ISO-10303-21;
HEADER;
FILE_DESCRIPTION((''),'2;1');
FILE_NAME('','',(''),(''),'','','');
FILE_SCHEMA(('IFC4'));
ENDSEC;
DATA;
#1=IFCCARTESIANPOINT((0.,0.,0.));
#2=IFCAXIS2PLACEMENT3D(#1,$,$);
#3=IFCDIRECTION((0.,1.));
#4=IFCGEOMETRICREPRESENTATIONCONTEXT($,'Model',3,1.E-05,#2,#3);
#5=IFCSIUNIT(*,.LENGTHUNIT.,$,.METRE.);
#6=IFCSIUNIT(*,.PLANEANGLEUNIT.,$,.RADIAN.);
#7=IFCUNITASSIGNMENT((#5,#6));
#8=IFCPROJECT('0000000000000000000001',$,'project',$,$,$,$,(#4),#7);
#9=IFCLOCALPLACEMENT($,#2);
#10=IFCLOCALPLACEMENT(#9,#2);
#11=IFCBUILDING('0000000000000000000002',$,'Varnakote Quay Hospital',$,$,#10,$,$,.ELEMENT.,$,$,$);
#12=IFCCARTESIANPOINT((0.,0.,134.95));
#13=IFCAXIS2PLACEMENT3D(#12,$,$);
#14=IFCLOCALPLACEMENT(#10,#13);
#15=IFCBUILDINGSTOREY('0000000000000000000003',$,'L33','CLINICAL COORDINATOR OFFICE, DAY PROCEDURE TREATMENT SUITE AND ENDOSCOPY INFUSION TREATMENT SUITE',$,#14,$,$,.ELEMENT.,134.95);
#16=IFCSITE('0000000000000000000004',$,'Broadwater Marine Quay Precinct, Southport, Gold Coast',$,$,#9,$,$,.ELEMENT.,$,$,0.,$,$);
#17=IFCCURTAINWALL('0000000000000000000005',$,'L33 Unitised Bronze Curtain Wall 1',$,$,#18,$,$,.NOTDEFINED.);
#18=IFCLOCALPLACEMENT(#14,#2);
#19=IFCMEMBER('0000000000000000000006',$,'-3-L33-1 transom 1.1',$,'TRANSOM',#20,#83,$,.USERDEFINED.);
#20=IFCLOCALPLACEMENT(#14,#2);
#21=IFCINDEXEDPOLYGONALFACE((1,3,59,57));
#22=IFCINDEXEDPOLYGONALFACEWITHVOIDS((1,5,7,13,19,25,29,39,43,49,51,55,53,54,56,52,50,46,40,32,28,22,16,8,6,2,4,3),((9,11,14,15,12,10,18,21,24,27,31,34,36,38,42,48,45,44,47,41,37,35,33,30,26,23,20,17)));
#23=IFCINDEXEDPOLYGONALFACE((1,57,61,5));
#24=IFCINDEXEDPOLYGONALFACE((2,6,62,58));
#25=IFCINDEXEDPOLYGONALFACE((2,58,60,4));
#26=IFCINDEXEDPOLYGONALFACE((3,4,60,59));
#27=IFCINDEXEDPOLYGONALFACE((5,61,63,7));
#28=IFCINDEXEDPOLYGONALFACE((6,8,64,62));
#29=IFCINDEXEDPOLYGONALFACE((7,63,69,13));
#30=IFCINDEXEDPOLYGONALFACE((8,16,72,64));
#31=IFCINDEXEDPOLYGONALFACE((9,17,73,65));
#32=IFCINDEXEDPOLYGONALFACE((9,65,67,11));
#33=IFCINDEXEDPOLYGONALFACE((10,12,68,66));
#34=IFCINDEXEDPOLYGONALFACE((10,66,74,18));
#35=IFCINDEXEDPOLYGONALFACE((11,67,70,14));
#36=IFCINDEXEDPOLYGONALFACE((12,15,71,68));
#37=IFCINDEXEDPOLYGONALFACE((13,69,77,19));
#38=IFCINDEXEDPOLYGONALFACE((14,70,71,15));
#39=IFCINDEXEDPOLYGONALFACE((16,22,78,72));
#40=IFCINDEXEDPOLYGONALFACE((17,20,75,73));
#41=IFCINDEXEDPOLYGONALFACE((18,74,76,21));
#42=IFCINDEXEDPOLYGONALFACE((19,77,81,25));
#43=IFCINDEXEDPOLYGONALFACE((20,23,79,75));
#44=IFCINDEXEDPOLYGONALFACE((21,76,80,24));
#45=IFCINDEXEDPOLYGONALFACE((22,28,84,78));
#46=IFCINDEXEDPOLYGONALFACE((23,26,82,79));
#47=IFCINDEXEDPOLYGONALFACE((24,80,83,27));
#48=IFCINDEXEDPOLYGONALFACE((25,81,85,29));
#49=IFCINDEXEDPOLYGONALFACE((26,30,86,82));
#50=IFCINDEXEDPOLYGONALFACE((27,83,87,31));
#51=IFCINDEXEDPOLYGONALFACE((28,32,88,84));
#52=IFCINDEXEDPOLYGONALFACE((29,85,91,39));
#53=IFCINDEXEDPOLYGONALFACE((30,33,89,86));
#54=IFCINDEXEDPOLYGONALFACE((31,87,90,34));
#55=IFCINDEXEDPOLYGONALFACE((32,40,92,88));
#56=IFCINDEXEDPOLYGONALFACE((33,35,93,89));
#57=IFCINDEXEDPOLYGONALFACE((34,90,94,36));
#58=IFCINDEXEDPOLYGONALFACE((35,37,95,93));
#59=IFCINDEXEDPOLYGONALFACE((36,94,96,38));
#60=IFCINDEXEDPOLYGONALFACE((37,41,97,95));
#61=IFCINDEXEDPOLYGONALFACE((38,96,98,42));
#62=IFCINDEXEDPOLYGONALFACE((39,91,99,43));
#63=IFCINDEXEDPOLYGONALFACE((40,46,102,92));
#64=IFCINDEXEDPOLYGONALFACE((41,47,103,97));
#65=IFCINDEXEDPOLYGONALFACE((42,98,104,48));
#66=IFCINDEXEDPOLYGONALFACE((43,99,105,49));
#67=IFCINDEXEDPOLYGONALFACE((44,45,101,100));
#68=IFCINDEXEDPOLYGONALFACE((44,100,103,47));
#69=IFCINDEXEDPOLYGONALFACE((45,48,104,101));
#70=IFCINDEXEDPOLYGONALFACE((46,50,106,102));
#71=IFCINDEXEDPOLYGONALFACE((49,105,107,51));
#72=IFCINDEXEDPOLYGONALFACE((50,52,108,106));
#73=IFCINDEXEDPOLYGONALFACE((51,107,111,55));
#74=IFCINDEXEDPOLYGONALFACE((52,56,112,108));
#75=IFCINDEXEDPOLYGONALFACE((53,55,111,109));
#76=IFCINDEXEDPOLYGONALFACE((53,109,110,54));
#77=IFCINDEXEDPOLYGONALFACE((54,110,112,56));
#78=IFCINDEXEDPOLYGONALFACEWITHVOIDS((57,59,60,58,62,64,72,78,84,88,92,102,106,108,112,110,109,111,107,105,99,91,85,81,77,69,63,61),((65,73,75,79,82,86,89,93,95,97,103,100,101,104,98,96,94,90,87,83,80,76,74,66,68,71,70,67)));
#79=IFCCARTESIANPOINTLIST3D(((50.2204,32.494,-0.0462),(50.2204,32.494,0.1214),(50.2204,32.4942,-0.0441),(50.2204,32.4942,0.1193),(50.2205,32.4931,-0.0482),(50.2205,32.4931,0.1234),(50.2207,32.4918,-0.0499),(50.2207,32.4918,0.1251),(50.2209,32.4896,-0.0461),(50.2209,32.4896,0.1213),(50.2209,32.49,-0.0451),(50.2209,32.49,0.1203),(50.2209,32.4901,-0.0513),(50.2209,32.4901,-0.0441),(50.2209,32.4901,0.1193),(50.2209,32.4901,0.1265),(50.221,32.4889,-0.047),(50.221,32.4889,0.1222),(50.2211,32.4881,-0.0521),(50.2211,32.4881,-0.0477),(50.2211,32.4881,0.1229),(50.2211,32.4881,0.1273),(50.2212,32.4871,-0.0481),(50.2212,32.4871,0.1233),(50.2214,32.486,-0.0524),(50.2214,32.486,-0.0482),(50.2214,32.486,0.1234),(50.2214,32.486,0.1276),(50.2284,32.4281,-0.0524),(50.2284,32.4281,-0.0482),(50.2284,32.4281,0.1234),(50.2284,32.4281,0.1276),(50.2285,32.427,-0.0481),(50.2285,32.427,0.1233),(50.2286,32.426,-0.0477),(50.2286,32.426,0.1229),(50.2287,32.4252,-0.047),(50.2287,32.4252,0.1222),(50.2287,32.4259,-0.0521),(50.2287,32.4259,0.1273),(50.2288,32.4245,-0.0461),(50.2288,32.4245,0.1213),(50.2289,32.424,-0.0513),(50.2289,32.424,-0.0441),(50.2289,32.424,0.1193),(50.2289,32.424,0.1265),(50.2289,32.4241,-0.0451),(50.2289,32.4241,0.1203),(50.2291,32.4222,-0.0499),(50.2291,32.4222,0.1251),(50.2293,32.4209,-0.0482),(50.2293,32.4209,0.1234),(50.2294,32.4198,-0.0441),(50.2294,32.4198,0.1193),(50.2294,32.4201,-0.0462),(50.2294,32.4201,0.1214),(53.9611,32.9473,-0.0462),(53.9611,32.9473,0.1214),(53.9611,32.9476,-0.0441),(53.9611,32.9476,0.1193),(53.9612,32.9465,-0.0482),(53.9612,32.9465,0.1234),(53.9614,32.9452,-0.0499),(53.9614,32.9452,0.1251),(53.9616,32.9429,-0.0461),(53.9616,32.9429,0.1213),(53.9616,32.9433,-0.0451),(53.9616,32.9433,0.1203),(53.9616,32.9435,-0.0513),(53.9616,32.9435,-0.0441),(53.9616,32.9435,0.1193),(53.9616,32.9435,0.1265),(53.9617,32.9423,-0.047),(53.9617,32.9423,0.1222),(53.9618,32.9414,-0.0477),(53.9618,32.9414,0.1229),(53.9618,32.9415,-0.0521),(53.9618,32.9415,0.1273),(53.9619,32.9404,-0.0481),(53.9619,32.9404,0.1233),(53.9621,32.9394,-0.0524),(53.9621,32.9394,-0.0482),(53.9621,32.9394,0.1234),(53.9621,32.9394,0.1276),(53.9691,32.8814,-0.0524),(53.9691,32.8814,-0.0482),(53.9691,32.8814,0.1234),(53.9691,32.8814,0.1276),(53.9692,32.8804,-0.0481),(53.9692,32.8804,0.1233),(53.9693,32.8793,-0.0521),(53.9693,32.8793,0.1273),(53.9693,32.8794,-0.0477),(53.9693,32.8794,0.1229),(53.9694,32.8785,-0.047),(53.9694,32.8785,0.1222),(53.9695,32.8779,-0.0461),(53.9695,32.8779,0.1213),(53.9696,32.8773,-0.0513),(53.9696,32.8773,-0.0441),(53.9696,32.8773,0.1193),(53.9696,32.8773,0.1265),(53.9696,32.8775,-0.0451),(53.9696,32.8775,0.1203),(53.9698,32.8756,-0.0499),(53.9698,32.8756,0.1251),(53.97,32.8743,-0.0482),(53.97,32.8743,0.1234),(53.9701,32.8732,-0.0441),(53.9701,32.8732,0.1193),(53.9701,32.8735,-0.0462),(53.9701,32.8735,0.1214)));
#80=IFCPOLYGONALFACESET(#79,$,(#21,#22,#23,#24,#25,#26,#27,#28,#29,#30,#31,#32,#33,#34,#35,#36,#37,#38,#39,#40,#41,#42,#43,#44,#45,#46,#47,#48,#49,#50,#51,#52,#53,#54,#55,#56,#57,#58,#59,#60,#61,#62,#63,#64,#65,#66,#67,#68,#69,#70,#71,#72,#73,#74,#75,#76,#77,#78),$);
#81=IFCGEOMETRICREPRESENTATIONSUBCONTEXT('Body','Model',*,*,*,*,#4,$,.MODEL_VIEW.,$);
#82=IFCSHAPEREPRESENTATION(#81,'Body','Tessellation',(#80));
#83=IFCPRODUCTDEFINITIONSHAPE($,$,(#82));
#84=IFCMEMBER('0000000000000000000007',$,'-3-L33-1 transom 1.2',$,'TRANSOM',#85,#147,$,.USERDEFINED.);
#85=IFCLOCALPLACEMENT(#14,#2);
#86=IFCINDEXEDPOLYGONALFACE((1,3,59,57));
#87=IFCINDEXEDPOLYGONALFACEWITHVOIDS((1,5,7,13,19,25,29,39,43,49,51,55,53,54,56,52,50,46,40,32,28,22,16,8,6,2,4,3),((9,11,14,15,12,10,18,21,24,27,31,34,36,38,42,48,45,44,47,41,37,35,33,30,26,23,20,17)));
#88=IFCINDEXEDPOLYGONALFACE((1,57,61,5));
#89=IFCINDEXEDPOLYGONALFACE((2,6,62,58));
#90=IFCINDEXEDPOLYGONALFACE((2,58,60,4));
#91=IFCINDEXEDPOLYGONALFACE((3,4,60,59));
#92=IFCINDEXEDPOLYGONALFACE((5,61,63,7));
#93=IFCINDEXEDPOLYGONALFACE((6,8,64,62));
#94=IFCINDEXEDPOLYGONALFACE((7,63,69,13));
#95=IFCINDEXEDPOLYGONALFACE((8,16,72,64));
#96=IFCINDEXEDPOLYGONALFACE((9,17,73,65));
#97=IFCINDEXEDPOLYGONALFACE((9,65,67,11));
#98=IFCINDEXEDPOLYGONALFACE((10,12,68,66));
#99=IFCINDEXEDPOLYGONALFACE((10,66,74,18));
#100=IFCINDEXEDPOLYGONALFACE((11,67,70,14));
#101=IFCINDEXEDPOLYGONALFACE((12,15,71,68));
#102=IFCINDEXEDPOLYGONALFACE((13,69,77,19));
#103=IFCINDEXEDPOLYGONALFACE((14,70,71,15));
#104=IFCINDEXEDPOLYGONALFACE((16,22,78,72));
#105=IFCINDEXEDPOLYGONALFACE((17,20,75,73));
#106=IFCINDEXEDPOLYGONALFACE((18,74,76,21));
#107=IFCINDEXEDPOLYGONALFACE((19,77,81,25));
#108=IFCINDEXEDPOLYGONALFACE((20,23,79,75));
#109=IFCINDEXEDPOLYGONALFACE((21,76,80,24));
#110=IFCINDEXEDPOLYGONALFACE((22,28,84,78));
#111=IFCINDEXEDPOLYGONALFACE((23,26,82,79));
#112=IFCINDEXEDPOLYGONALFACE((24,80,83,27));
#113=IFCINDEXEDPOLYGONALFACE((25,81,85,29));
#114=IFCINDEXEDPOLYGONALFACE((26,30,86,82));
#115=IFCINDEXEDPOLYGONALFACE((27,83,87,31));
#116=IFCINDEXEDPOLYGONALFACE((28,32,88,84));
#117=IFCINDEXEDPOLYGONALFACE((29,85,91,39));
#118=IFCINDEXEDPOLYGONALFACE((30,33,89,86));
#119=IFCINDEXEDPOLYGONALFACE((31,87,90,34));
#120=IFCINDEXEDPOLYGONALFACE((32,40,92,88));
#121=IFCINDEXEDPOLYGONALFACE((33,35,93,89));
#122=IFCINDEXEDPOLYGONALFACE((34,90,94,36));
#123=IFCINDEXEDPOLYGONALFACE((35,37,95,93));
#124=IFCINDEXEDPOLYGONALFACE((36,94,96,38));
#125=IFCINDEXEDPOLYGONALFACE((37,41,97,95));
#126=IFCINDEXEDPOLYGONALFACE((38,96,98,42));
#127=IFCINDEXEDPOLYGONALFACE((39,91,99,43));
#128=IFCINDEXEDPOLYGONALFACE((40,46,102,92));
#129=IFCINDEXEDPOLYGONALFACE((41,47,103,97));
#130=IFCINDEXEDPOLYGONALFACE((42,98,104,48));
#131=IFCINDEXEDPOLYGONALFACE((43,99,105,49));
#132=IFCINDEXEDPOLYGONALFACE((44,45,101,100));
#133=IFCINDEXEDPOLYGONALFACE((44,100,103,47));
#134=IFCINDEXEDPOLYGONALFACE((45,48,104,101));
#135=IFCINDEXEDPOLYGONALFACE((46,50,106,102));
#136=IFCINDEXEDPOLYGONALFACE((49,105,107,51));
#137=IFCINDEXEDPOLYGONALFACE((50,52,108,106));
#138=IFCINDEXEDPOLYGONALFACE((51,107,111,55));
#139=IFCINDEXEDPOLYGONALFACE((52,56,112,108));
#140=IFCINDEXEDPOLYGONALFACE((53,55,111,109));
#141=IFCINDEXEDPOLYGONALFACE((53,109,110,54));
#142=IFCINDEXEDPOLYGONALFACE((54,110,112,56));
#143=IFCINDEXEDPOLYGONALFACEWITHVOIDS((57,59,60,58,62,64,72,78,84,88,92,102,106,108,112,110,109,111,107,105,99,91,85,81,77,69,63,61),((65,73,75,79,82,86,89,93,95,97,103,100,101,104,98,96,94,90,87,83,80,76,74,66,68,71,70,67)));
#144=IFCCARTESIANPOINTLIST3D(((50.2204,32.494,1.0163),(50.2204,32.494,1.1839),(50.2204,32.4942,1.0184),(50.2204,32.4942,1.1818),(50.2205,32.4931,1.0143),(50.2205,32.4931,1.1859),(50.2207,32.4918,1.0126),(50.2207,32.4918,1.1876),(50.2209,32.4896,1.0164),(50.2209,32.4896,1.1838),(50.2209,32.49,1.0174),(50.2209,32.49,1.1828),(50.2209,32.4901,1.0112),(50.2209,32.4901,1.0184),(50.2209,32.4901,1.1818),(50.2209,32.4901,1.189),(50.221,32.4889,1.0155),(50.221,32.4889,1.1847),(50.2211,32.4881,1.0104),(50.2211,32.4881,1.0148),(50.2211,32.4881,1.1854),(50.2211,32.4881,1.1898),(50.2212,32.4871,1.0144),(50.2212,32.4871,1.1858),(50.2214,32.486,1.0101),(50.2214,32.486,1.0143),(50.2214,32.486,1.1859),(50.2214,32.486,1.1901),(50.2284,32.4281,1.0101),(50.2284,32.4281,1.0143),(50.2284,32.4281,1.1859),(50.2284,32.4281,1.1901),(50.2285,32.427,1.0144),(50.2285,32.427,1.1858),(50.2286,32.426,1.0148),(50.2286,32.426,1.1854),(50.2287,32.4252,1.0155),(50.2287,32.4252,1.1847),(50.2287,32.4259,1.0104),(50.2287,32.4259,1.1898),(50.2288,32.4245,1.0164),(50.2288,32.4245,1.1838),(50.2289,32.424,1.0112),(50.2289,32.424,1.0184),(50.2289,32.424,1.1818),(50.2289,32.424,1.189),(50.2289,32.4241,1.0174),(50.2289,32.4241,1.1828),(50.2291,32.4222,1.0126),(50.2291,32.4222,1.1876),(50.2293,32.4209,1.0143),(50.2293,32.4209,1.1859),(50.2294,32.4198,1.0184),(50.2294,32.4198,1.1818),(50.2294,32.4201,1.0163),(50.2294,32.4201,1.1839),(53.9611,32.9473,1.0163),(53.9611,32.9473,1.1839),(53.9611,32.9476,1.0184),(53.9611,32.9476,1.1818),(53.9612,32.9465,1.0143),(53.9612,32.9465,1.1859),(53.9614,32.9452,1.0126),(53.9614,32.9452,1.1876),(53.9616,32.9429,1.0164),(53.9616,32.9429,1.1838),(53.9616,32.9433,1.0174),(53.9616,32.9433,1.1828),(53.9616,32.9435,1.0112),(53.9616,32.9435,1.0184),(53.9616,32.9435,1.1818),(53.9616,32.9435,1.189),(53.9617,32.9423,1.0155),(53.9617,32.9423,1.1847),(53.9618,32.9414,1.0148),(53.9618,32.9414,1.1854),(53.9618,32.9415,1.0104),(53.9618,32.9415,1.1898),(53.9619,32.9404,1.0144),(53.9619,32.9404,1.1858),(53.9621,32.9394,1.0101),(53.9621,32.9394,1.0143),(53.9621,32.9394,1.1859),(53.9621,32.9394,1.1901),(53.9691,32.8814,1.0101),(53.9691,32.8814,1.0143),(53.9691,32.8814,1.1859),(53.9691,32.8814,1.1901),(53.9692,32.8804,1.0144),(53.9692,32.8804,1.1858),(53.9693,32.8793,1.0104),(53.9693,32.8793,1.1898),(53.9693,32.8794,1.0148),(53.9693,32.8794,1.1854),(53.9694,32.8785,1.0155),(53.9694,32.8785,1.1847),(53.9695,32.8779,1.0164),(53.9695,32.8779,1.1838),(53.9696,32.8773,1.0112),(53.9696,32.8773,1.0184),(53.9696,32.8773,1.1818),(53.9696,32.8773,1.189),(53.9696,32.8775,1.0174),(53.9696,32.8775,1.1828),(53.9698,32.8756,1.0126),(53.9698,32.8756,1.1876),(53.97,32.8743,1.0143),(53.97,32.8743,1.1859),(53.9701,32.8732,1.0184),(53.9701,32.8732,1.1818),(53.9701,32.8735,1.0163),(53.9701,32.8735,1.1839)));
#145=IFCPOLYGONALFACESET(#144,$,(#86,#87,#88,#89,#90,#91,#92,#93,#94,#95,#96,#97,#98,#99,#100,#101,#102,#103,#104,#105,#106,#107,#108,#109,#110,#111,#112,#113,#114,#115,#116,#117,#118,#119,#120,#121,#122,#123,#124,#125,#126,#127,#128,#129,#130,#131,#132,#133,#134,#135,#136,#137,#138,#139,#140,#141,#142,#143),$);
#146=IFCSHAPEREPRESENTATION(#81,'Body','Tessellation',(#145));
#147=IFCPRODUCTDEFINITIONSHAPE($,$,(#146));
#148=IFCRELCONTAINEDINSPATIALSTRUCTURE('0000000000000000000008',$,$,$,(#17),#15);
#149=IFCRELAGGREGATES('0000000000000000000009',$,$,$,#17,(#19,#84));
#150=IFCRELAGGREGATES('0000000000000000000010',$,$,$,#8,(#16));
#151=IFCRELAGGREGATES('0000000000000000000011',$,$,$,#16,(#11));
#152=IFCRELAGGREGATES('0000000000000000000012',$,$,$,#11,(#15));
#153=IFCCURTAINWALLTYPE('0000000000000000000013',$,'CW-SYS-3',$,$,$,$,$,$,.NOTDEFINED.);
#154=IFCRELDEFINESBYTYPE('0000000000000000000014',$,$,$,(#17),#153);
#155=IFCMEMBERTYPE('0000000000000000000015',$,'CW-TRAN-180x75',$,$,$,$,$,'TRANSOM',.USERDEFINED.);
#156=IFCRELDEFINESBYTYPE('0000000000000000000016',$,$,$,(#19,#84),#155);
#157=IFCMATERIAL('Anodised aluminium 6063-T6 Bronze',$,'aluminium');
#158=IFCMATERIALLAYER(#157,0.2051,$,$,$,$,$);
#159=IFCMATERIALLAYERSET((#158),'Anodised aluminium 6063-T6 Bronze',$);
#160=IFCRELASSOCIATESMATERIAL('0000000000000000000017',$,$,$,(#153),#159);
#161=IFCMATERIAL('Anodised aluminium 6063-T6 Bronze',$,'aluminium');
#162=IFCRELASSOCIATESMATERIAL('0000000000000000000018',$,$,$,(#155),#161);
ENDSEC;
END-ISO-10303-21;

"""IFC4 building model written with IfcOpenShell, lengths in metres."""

from ifc_helpers import new_model, si_unit, direction, frame, origin, origin_2d, place, context, subcontext, project, spatial, hollow_rectangle, extrude, material, layer, layer_set, material_profile, profile_set, type_object, element, aggregate, save


model = new_model("IFC4")

# Units and contexts
model_context = context("Model", 3, precision=1e-05, world=origin(), true_north=direction((0.0, 1.0)))
body_context = subcontext(model_context, "Body", "Model", "MODEL_VIEW")
ifc_project = project(units=[si_unit("LENGTHUNIT", "METRE"), si_unit("PLANEANGLEUNIT", "RADIAN")], contexts=[model_context])

# Site, building, storey
site_placement = place(None, origin())
site = spatial("IfcSite", under=ifc_project, at=site_placement, Name="Broadwater Marine Quay Precinct, Southport, Gold Coast", CompositionType="ELEMENT", RefElevation=0.0)
building_placement = place(site_placement, origin())
building = spatial("IfcBuilding", under=site, at=building_placement, Name="Varnakote Quay Hospital", CompositionType="ELEMENT")
storey_placement = place(building_placement, frame((0.0, 0.0, 134.95)))
storey = spatial("IfcBuildingStorey", under=building, at=storey_placement, Name="L33", Description="CLINICAL COORDINATOR OFFICE, DAY PROCEDURE TREATMENT SUITE AND ENDOSCOPY INFUSION TREATMENT SUITE", CompositionType="ELEMENT", Elevation=134.95)

# Curtain wall, members
ifc_material_1 = material(Name="Anodised aluminium 6063-T6 Bronze", Category="aluminium")
ifc_layer_1 = layer(ifc_material_1, 0.2051)
ifc_layer_set_1 = layer_set([ifc_layer_1], Name="Anodised aluminium 6063-T6 Bronze")
curtain_wall_type = type_object("IfcCurtainWallType", Name="CW-SYS-3", PredefinedType="NOTDEFINED", material=ifc_layer_set_1)
curtain_wall_placement = place(storey_placement, origin())
curtain_wall = element("IfcCurtainWall", 1, at=curtain_wall_placement, inside=storey, type_object=curtain_wall_type, Name="L33 Unitised Bronze Curtain Wall 1", PredefinedType="NOTDEFINED")
ifc_material_2 = material(Name="Anodised aluminium 6063-T6 Bronze", Category="aluminium")
ifc_material_profile_1 = material_profile(ifc_material_2, hollow_rectangle(XDim=0.075, YDim=0.1799, WallThickness=0.0042, InnerFilletRadius=0.0042, OuterFilletRadius=0.0083, at=origin_2d()), Name="CW-TRAN-180x75")
ifc_profile_set_1 = profile_set([ifc_material_profile_1], Name="Anodised aluminium 6063-T6 Bronze")
member_type_1 = type_object("IfcMemberType", Name="CW-TRAN-180x75", ElementType="TRANSOM", PredefinedType="USERDEFINED", material=ifc_profile_set_1)
member_1_placement = place(storey_placement, frame((53.9656, 32.9104, 0.0376), z_axis=(-0.992735, -0.120318, 0.0), x_axis=(0.120318, -0.992735, 0.0)))
member_1 = element("IfcMember", 2, at=member_1_placement, type_object=member_type_1, Name="-3-L33-1 transom 1.1", ObjectType="TRANSOM", PredefinedType="USERDEFINED", context=body_context, shape_type="SweptSolid", body=[
    extrude(hollow_rectangle(XDim=0.075, YDim=0.1799, WallThickness=0.0042, InnerFilletRadius=0.0042, OuterFilletRadius=0.0083, at=origin_2d()), origin(), (0.0, 0.0, 1.0), 3.7681),
])
member_2_placement = place(storey_placement, frame((53.9656, 32.9104, 1.1001), z_axis=(-0.992735, -0.120318, 0.0), x_axis=(0.120318, -0.992735, 0.0)))
member_2 = element("IfcMember", 3, at=member_2_placement, type_object=member_type_1, Name="-3-L33-1 transom 1.2", ObjectType="TRANSOM", PredefinedType="USERDEFINED", context=body_context, shape_type="SweptSolid", body=[
    extrude(hollow_rectangle(XDim=0.075, YDim=0.1799, WallThickness=0.0042, InnerFilletRadius=0.0042, OuterFilletRadius=0.0083, at=origin_2d()), origin(), (0.0, 0.0, 1.0), 3.7681),
])
aggregate(curtain_wall, [member_1, member_2])

save(model, "model.ifc")
